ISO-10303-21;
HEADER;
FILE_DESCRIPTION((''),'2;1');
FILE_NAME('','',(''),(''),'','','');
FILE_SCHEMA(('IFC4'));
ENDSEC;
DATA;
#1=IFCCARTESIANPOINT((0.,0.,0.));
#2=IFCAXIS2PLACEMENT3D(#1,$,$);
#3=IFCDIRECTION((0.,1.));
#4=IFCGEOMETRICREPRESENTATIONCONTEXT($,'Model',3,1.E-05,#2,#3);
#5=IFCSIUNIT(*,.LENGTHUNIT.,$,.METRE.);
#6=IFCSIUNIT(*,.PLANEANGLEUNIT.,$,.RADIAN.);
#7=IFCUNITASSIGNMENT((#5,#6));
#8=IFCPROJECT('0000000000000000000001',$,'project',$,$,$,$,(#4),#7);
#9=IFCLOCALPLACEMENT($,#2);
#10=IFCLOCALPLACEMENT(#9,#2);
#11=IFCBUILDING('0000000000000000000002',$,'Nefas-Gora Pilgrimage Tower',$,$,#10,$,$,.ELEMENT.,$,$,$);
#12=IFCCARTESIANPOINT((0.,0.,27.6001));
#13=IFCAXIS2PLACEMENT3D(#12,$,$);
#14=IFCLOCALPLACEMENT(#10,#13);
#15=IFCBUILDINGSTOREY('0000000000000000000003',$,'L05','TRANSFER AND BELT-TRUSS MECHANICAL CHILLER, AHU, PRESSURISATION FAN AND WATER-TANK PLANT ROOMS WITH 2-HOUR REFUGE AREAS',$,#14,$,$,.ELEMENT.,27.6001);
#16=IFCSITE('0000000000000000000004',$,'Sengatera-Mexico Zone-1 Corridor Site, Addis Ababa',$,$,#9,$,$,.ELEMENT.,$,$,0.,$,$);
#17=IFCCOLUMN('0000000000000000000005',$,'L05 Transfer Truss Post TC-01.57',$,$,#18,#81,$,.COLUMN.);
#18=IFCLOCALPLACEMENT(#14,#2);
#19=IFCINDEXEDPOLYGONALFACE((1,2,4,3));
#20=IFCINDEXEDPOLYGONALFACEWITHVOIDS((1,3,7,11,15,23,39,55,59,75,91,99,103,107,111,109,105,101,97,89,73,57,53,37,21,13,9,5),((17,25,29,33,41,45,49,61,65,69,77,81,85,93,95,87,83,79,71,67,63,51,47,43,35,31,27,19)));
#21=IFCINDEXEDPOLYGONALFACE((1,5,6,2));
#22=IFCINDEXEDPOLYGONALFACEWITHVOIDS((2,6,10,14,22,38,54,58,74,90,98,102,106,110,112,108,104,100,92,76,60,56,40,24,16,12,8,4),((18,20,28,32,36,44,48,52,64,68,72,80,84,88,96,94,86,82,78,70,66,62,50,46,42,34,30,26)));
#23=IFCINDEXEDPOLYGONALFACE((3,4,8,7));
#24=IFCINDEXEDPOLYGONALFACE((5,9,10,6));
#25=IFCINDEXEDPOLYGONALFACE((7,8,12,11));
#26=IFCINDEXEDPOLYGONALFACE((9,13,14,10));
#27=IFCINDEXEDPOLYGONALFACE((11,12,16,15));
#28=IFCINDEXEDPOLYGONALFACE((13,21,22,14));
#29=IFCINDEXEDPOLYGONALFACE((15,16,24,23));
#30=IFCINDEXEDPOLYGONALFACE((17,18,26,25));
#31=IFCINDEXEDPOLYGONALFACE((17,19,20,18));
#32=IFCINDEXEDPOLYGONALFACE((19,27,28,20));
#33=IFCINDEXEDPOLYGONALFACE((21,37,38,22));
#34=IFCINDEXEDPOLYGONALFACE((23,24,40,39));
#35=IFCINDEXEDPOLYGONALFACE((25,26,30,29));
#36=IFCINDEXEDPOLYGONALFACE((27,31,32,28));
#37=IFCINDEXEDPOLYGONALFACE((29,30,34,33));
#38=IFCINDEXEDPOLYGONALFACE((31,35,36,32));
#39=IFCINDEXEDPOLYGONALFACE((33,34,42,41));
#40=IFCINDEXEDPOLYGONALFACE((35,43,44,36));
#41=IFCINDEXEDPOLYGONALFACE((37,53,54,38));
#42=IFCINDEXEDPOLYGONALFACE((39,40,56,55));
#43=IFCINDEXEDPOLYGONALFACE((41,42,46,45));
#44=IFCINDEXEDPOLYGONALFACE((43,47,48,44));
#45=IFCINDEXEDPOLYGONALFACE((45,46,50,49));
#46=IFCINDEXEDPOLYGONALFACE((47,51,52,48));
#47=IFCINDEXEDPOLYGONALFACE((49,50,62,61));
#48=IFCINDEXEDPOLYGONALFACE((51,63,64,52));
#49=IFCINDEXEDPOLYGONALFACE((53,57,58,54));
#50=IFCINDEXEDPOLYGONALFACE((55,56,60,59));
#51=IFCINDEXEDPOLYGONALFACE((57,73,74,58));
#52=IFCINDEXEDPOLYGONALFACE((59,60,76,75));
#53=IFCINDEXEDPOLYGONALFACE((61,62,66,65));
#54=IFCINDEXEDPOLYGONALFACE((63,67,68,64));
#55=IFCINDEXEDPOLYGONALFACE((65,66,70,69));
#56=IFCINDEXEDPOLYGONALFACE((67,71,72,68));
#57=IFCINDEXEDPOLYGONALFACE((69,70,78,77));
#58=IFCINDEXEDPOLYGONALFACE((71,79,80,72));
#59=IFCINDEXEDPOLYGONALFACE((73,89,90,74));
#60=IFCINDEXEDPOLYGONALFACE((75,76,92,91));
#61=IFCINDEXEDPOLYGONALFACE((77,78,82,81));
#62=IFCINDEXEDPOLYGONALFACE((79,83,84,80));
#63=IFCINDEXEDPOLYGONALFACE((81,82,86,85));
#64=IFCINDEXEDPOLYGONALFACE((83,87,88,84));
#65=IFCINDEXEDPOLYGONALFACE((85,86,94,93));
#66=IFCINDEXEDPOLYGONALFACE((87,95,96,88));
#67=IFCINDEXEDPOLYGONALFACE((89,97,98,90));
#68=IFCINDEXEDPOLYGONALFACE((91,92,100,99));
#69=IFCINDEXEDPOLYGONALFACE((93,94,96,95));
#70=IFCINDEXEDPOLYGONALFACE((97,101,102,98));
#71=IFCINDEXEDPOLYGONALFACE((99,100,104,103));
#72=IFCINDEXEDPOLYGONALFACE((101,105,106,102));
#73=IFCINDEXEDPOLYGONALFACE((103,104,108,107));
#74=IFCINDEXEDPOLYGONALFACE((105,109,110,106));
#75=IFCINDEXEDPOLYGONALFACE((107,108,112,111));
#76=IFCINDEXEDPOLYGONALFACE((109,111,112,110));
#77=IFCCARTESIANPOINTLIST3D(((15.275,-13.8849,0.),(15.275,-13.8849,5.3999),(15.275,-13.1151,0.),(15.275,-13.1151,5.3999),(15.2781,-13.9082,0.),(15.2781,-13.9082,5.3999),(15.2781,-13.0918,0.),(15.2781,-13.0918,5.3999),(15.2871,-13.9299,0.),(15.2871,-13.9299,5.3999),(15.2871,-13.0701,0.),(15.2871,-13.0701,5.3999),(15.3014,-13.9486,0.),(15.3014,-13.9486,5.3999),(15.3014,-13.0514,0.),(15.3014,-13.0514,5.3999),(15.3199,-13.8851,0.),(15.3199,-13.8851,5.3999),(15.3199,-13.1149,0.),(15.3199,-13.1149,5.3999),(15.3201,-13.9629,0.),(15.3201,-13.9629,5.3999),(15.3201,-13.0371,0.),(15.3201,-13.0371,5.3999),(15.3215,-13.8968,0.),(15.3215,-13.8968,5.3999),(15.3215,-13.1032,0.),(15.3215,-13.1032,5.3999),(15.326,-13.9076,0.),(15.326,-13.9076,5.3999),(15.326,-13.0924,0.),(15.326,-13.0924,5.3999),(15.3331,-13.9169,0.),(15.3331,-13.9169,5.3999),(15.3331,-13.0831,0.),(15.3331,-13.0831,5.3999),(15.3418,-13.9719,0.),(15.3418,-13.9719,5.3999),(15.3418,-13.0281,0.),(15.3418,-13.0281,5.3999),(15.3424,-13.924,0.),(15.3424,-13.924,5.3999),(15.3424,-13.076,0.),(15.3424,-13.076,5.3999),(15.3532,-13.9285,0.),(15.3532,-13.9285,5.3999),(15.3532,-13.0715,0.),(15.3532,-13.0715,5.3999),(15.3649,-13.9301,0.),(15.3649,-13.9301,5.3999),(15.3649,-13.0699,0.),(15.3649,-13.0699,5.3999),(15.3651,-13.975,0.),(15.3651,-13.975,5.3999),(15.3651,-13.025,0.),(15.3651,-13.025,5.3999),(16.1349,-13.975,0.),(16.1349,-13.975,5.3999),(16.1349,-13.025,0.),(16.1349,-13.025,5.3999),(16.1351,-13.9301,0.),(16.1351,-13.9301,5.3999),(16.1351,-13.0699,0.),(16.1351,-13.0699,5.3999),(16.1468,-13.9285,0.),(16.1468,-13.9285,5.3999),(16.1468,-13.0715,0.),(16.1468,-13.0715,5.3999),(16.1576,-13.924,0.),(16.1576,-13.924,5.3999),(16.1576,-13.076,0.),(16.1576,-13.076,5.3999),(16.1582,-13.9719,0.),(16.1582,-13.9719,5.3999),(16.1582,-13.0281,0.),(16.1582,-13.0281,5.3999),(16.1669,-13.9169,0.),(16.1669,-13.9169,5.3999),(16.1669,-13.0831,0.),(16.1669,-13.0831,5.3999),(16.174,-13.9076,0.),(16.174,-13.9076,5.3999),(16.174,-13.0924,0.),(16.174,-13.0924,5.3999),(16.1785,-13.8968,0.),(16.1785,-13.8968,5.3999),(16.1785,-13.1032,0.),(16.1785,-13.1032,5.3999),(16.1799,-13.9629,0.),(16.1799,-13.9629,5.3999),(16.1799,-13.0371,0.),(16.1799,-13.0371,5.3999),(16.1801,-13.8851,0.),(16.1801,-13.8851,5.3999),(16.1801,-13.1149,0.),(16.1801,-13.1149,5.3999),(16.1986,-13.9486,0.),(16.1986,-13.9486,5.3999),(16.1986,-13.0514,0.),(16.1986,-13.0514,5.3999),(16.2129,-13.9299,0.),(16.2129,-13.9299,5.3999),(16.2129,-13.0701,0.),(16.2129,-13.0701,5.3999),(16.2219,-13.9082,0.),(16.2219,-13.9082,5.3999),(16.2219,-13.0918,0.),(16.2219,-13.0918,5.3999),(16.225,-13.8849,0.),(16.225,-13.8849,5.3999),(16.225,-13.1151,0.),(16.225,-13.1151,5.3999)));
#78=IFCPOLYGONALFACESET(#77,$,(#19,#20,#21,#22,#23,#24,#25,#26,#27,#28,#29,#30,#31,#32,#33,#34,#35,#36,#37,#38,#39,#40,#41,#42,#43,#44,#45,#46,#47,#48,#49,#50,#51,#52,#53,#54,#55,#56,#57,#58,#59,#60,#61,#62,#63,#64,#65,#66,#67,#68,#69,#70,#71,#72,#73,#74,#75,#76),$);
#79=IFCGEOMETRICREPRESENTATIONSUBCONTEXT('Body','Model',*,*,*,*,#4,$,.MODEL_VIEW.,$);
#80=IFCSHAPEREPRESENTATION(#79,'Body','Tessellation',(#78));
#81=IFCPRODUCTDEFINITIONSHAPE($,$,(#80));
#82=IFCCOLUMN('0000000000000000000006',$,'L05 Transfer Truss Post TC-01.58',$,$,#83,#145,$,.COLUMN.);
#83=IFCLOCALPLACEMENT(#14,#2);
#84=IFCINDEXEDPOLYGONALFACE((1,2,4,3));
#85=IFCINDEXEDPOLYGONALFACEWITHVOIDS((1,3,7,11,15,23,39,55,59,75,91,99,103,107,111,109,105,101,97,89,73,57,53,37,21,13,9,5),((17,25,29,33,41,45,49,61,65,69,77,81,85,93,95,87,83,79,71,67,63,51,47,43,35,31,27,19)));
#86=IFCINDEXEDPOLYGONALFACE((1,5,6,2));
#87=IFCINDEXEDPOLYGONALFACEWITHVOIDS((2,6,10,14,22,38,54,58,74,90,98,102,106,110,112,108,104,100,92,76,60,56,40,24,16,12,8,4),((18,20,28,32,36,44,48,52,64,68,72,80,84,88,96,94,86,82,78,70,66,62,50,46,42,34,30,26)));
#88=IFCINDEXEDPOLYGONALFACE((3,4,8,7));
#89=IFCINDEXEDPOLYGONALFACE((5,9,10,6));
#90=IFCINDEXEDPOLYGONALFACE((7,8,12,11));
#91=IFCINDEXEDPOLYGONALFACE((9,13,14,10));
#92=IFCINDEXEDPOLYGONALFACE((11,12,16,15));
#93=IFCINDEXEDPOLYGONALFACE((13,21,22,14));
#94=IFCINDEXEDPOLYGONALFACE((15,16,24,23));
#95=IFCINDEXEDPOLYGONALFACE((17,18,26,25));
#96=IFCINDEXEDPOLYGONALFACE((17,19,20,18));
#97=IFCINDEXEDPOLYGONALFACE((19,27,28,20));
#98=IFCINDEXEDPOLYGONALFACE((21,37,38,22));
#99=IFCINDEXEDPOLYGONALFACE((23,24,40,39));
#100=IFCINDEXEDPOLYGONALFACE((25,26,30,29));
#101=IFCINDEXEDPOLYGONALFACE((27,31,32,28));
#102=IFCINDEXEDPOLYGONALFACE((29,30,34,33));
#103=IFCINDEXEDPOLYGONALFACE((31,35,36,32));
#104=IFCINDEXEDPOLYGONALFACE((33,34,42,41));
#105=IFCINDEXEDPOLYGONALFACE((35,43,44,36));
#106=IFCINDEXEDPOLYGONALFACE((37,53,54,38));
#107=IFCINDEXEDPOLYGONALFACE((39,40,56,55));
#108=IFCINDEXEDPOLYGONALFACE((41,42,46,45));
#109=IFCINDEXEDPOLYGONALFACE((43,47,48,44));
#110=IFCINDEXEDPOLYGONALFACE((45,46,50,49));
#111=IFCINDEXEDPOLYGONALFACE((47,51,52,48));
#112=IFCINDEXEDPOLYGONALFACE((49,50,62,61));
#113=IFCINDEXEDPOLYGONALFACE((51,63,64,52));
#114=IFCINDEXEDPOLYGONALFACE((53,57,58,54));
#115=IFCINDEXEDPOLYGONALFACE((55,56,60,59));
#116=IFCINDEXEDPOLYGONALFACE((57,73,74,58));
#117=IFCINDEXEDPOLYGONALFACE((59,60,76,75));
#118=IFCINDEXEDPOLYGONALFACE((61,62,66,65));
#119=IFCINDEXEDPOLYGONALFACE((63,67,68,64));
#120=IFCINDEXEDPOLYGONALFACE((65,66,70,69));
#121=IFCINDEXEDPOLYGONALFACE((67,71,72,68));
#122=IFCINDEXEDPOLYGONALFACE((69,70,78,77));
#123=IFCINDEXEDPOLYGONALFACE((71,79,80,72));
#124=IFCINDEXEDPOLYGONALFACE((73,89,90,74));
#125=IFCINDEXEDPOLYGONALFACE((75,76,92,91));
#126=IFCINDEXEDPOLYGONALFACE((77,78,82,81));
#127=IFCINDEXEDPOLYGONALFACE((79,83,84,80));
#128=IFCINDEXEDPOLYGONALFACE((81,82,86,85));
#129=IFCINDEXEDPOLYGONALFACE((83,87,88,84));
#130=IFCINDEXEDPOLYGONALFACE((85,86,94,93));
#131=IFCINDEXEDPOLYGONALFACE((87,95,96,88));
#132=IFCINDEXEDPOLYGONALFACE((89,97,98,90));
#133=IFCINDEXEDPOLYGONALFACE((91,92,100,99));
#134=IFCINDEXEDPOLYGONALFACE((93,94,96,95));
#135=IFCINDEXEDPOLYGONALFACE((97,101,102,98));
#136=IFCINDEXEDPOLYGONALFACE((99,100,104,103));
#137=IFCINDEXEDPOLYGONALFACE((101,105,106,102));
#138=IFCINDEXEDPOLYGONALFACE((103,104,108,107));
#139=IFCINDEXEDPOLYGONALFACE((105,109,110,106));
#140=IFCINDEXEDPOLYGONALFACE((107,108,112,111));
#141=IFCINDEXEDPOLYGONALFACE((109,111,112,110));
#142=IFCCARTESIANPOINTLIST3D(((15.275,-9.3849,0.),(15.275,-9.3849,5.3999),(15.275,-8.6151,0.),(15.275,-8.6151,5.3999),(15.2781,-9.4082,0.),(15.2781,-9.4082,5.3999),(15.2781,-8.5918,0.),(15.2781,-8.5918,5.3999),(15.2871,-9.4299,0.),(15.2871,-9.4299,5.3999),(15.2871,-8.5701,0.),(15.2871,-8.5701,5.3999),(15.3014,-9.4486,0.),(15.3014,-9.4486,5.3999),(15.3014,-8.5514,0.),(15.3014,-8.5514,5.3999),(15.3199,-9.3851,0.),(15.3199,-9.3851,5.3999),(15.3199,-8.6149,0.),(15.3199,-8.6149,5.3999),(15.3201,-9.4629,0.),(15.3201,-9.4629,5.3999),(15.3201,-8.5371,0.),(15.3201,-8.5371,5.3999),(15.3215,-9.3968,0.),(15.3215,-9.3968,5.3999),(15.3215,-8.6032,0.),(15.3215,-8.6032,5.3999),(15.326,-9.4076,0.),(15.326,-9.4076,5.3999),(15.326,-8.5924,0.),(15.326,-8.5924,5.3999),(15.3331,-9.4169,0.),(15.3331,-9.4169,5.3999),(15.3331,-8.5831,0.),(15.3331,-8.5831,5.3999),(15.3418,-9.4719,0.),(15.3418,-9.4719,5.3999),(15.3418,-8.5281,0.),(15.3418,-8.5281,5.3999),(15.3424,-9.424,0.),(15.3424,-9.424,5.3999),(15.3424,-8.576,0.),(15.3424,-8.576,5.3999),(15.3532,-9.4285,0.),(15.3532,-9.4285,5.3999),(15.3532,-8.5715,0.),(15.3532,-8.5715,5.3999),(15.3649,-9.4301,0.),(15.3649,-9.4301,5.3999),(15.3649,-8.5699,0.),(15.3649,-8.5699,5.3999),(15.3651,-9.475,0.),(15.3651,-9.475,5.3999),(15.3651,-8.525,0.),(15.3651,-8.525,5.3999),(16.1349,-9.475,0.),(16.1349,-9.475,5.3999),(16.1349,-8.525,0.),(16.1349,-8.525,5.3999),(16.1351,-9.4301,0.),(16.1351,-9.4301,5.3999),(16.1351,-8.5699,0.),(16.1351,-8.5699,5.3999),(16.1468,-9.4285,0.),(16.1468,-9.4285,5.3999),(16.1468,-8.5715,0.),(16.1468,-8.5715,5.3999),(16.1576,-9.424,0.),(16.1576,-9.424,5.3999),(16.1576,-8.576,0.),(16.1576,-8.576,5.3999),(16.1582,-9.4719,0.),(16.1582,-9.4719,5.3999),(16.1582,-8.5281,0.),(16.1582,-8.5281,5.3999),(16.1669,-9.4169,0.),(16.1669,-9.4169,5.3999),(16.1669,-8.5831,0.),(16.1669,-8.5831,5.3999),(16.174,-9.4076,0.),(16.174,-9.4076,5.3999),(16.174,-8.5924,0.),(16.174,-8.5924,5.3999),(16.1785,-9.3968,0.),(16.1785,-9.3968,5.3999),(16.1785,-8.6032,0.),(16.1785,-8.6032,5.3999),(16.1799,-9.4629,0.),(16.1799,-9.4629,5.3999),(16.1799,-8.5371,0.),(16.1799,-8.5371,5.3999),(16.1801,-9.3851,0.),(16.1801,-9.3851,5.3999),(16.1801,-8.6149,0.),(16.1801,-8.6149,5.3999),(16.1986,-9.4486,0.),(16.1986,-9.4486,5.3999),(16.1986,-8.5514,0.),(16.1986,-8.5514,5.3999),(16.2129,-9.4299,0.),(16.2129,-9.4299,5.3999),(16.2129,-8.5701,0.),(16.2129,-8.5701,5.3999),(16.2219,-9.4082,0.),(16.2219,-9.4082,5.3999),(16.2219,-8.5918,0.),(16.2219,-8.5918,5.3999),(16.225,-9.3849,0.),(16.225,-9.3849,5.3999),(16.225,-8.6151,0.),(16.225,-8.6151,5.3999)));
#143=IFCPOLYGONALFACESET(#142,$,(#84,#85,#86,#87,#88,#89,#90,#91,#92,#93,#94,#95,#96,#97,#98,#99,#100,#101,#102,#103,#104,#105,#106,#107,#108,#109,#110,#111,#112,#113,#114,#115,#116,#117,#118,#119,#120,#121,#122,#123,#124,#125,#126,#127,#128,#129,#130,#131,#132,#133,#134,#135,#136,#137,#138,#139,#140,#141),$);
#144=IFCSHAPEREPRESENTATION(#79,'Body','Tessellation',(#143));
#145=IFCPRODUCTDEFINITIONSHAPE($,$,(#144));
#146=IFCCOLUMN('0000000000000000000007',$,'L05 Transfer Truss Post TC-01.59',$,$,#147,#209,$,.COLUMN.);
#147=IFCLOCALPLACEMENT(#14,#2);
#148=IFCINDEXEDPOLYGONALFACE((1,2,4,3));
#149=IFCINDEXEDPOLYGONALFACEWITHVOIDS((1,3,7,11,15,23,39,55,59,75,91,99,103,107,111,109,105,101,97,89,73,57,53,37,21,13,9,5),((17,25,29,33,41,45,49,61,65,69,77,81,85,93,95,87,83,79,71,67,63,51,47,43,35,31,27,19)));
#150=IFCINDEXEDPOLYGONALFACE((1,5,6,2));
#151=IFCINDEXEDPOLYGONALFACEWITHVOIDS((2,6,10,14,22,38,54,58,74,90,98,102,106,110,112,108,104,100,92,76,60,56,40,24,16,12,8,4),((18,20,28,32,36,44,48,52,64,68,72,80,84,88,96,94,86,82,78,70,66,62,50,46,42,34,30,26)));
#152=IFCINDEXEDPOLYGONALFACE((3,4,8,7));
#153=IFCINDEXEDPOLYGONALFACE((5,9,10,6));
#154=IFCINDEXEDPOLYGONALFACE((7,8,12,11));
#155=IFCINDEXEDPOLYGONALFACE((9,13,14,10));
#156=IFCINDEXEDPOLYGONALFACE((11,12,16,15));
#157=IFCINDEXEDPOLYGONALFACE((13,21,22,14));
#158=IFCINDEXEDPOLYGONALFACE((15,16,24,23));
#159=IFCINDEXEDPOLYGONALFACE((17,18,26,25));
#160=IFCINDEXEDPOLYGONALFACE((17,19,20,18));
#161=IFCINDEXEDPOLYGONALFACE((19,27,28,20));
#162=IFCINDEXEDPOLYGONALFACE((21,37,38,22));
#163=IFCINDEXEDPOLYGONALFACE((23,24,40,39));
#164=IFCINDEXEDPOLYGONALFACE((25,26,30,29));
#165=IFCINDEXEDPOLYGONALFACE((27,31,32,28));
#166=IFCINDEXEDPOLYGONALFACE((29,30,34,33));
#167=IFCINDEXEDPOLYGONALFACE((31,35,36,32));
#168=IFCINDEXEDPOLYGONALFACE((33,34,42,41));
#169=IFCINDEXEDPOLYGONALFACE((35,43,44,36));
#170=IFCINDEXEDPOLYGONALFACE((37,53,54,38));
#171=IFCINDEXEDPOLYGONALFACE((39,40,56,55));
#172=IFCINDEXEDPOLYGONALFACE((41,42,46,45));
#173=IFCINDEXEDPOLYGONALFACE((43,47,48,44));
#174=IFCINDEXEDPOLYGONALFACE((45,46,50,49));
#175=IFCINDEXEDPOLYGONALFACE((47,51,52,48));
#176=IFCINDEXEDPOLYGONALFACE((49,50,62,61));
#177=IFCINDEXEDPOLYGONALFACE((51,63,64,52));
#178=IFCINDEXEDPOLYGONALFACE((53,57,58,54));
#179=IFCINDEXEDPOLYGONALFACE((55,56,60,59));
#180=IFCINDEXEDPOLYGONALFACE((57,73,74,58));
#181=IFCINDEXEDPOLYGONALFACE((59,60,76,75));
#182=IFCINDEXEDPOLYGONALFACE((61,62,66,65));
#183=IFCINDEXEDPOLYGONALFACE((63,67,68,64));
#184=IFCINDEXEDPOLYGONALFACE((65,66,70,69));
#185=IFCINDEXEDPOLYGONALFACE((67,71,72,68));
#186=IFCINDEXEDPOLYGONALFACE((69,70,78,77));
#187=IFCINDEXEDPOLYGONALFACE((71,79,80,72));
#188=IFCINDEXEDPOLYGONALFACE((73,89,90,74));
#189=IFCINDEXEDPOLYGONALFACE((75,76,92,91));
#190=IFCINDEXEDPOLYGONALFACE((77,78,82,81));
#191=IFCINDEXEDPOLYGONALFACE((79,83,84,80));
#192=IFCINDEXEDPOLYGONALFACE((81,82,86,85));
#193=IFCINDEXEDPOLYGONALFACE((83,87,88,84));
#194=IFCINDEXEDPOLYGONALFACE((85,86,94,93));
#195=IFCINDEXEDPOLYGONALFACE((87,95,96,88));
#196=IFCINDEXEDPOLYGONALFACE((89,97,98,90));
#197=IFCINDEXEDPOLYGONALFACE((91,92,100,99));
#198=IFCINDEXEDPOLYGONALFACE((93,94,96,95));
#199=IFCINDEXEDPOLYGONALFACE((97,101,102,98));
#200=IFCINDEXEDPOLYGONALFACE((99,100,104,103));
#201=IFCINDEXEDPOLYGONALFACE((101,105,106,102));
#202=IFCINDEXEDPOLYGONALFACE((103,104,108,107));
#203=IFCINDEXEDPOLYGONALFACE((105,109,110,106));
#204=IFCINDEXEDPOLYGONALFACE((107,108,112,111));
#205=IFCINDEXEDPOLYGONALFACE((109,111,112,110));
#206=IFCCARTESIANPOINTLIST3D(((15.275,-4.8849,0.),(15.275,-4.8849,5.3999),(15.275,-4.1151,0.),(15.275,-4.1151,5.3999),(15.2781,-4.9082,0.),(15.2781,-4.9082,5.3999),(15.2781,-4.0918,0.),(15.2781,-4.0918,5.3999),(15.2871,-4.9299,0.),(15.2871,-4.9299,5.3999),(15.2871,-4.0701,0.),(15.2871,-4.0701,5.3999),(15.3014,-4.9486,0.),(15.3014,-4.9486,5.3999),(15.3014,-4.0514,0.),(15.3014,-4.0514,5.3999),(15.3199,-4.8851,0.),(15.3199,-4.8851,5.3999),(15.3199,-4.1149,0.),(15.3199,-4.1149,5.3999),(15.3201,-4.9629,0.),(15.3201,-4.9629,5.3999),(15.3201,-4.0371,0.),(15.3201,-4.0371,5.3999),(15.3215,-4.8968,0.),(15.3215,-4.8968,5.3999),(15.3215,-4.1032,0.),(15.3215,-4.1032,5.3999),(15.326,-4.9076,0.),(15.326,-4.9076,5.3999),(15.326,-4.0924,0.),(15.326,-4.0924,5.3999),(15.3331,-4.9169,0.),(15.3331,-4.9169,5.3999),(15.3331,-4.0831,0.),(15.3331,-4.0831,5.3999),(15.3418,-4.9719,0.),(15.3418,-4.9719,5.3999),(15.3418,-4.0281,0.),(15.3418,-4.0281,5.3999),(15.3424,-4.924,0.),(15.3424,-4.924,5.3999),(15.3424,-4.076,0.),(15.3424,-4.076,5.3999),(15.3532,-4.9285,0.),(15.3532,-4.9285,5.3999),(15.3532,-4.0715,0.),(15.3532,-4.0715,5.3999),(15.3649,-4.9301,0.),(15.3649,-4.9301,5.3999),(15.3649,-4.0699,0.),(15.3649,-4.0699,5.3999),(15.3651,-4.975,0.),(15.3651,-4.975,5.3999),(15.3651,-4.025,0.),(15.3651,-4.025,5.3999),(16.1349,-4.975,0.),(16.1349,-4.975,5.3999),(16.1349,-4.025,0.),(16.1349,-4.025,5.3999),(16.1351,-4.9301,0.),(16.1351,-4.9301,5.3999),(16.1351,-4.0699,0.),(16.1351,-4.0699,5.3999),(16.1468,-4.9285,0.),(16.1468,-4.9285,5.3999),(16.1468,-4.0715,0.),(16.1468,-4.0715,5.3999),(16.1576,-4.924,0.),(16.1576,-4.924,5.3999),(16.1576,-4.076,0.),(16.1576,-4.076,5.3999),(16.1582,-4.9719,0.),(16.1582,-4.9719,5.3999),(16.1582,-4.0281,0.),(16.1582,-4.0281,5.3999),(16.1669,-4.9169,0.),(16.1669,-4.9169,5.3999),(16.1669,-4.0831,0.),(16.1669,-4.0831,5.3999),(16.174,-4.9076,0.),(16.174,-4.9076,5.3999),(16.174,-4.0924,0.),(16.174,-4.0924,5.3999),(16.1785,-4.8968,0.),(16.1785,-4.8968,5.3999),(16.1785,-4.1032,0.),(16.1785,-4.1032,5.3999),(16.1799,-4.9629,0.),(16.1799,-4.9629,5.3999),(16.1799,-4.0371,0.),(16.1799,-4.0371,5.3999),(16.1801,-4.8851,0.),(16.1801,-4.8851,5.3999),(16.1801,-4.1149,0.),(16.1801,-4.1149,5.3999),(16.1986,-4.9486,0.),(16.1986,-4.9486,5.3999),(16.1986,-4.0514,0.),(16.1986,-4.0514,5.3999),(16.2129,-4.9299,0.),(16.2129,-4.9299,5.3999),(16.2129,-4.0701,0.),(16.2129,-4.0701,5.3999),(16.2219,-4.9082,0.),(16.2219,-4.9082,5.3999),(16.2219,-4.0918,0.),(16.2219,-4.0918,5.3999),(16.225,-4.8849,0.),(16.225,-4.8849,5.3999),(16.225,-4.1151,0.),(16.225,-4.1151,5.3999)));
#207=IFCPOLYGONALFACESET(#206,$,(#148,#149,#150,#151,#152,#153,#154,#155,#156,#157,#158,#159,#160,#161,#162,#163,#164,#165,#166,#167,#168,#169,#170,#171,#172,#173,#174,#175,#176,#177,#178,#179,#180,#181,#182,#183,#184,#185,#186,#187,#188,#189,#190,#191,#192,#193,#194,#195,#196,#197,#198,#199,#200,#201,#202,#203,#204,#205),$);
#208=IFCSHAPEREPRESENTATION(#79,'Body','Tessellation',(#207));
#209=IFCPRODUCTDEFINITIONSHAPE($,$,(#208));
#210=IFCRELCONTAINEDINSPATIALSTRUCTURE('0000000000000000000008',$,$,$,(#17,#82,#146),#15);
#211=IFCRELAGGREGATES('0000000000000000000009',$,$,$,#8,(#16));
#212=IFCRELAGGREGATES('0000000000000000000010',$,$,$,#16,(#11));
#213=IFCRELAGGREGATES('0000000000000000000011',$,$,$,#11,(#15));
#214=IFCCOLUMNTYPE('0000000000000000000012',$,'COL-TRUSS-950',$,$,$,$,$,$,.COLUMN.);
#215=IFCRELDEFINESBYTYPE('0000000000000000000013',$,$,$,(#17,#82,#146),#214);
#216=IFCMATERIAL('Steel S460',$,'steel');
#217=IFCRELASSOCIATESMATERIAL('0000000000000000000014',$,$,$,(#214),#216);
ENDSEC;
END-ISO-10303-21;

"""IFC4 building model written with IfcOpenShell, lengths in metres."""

from ifc_helpers import new_model, si_unit, direction, frame, origin, origin_2d, place, context, subcontext, project, spatial, hollow_rectangle, extrude, source, transform, mapped, material, material_profile, profile_set, type_object, element, save


model = new_model("IFC4")

# Units and contexts
model_context = context("Model", 3, precision=1e-05, world=origin(), true_north=direction((0.0, 1.0)))
body_context = subcontext(model_context, "Body", "Model", "MODEL_VIEW")
ifc_project = project(units=[si_unit("LENGTHUNIT", "METRE"), si_unit("PLANEANGLEUNIT", "RADIAN")], contexts=[model_context])

# Site, building, storey
site_placement = place(None, origin())
site = spatial("IfcSite", under=ifc_project, at=site_placement, Name="Sengatera-Mexico Zone-1 Corridor Site, Addis Ababa", CompositionType="ELEMENT", RefElevation=0.0)
building_placement = place(site_placement, origin())
building = spatial("IfcBuilding", under=site, at=building_placement, Name="Nefas-Gora Pilgrimage Tower", CompositionType="ELEMENT")
storey_placement = place(building_placement, frame((0.0, 0.0, 27.6001)))
storey = spatial("IfcBuildingStorey", under=building, at=storey_placement, Name="L05", Description="TRANSFER AND BELT-TRUSS MECHANICAL CHILLER, AHU, PRESSURISATION FAN AND WATER-TANK PLANT ROOMS WITH 2-HOUR REFUGE AREAS", CompositionType="ELEMENT", Elevation=27.6001)

# Columns
ifc_material_1 = material(Name="Steel S460", Category="steel")
ifc_material_profile_1 = material_profile(ifc_material_1, hollow_rectangle(XDim=0.95, YDim=0.95, WallThickness=0.0449, InnerFilletRadius=0.0449, OuterFilletRadius=0.0901, at=origin_2d()), Name="BOX 950x950x45")
ifc_profile_set_1 = profile_set([ifc_material_profile_1], Name="Steel S460")
column_type = type_object("IfcColumnType", Name="COL-TRUSS-950", PredefinedType="COLUMN", material=ifc_profile_set_1)
shared_shape_1 = source(origin(), body_context, "Body", "SweptSolid", [
    extrude(hollow_rectangle(XDim=0.95, YDim=0.95, WallThickness=0.0449, InnerFilletRadius=0.0449, OuterFilletRadius=0.0901, at=origin_2d()), origin(), (0.0, 0.0, 1.0), 5.3999),
])
for number, where, z_axis, x_axis, name in (
    (1, (15.75, -13.5, 0.0), (0.0, 0.0, 1.0), (1.0, 0.0, 0.0), "L05 Transfer Truss Post TC-01.57"),
    (2, (15.75, -9.0, 0.0), (0.0, 0.0, 1.0), (1.0, 0.0, 0.0), "L05 Transfer Truss Post TC-01.58"),
    (3, (15.75, -4.5, 0.0), (0.0, 0.0, 1.0), (1.0, 0.0, 0.0), "L05 Transfer Truss Post TC-01.59"),
):
    element("IfcColumn", number, at=place(storey_placement, frame(where, z_axis=z_axis, x_axis=x_axis)), inside=storey, type_object=column_type, Name=name, PredefinedType="COLUMN", context=body_context, shape_type="MappedRepresentation", body=[
        mapped(shared_shape_1, transform((0.0, 0.0, 0.0), x_axis=(1.0, 0.0, 0.0), y_axis=(0.0, 1.0, 0.0), z_axis=(0.0, 0.0, 1.0), scale=1.0)),
    ])

save(model, "model.ifc")
